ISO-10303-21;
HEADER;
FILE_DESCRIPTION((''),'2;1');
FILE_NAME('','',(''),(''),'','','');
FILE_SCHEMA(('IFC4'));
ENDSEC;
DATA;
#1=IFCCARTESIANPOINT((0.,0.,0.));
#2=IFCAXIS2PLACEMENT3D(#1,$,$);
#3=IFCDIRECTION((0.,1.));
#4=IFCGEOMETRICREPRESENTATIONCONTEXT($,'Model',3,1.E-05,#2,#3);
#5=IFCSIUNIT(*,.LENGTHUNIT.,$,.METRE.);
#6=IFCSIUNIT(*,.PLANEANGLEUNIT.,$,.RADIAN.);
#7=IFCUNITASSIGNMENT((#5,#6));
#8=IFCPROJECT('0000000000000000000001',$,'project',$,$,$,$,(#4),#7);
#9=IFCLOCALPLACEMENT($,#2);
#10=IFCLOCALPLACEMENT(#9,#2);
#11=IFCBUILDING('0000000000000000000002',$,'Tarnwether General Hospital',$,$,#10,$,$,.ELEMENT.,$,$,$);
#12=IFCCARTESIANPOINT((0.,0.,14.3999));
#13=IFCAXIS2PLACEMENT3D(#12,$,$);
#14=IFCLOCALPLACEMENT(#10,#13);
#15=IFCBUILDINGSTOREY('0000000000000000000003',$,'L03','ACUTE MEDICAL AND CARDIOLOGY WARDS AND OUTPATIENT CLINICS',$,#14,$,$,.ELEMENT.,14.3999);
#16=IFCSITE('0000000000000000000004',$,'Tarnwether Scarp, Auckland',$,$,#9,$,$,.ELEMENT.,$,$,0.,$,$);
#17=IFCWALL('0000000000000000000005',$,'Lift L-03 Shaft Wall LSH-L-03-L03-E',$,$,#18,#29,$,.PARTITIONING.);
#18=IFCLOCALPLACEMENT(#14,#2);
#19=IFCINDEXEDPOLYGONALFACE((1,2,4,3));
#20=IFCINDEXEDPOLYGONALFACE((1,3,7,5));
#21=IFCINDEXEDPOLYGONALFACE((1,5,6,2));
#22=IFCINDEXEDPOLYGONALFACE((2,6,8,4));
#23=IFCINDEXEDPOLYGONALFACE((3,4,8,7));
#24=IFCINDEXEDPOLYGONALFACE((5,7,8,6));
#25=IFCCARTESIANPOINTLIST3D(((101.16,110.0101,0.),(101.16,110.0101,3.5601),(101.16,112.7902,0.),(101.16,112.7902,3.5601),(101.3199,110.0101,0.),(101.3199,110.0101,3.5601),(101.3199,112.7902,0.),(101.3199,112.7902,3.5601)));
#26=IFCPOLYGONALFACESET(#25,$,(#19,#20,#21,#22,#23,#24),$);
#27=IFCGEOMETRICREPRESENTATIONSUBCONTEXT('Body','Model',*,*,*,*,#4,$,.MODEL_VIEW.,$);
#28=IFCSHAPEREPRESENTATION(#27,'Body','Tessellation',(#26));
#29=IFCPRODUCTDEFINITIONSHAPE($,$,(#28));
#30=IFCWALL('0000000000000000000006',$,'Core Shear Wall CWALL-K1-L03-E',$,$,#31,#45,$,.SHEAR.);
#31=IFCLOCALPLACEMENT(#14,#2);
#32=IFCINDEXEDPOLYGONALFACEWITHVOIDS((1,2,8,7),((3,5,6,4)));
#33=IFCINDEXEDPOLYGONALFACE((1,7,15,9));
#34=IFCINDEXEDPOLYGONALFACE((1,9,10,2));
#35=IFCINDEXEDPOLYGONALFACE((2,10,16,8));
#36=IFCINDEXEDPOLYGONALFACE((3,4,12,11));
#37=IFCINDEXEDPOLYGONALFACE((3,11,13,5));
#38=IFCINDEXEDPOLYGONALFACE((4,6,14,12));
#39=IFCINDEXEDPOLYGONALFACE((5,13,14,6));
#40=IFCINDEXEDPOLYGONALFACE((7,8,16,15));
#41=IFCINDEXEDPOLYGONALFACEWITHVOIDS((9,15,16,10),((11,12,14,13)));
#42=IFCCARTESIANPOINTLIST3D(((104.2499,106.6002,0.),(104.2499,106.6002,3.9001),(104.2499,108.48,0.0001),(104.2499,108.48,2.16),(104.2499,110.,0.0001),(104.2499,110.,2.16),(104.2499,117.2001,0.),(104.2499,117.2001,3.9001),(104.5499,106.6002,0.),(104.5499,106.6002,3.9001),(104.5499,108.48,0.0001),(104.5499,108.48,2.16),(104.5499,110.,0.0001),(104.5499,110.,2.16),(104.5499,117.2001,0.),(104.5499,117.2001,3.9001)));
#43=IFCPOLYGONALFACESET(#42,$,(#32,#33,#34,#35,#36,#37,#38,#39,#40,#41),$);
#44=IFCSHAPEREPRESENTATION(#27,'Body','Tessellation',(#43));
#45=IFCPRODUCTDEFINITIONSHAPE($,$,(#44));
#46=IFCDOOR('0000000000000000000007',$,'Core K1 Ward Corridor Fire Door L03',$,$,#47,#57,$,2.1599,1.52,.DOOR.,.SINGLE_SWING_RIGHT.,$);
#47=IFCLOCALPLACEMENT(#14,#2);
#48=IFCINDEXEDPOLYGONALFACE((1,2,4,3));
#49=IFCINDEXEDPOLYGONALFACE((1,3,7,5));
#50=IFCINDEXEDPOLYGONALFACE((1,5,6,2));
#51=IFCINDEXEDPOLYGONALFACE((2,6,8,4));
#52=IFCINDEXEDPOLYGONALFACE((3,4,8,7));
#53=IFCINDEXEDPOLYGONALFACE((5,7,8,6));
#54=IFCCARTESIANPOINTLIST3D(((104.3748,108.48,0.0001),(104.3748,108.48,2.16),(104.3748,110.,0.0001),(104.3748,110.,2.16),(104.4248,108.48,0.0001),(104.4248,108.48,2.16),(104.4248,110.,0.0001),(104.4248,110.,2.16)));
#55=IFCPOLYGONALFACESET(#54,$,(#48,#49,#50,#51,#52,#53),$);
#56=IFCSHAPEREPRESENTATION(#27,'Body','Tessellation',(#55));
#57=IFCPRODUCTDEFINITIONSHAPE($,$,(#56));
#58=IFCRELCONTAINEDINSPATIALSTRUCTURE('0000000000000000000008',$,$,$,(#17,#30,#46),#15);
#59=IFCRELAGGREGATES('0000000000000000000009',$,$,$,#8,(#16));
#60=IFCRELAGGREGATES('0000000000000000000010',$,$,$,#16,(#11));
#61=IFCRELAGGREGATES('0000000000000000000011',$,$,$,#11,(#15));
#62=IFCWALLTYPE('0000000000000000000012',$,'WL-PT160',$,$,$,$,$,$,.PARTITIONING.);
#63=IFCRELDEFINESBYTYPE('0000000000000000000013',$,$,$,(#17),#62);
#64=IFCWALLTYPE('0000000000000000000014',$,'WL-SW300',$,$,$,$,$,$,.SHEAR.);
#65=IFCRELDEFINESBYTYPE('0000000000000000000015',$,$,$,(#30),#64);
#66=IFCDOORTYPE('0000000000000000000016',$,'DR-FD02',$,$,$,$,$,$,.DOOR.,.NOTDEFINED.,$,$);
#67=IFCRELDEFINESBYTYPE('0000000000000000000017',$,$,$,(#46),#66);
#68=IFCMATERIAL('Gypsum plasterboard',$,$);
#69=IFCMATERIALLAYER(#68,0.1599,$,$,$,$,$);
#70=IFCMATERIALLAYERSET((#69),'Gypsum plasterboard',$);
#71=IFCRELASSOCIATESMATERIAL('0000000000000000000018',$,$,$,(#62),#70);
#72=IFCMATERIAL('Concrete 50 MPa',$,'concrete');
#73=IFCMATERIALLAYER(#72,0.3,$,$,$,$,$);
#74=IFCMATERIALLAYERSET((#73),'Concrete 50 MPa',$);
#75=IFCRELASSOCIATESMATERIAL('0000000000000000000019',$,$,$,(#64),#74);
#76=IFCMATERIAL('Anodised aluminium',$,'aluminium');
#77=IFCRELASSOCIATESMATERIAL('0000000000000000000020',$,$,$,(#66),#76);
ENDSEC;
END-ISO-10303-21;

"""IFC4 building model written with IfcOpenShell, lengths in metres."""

from ifc_helpers import new_model, si_unit, direction, frame, frame_2d, origin, place, context, subcontext, project, spatial, rectangle, extrude, material, layer, layer_set, type_object, element, fill, save


model = new_model("IFC4")

# Units and contexts
model_context = context("Model", 3, precision=1e-05, world=origin(), true_north=direction((0.0, 1.0)))
body_context = subcontext(model_context, "Body", "Model", "MODEL_VIEW")
ifc_project = project(units=[si_unit("LENGTHUNIT", "METRE"), si_unit("PLANEANGLEUNIT", "RADIAN")], contexts=[model_context])

# Site, building, storey
site_placement = place(None, origin())
site = spatial("IfcSite", under=ifc_project, at=site_placement, Name="Tarnwether Scarp, Auckland", CompositionType="ELEMENT", RefElevation=0.0)
building_placement = place(site_placement, origin())
building = spatial("IfcBuilding", under=site, at=building_placement, Name="Tarnwether General Hospital", CompositionType="ELEMENT")
storey_placement = place(building_placement, frame((0.0, 0.0, 14.3999)))
storey = spatial("IfcBuildingStorey", under=building, at=storey_placement, Name="L03", Description="ACUTE MEDICAL AND CARDIOLOGY WARDS AND OUTPATIENT CLINICS", CompositionType="ELEMENT", Elevation=14.3999)

# Shared definitions
ifc_material_1 = material(Name="Gypsum plasterboard")
ifc_layer_1 = layer(ifc_material_1, 0.1599)
ifc_layer_set_1 = layer_set([ifc_layer_1], Name="Gypsum plasterboard")
wall_type_1 = type_object("IfcWallType", Name="WL-PT160", PredefinedType="PARTITIONING", material=ifc_layer_set_1)

# Wall
for number, where, z_axis, x_axis, name in (
    (1, (101.24, 110.01, 0.0), (0.0, 0.0, 1.0), (0.0, 1.0, 0.0), "Lift L-03 Shaft Wall LSH-L-03-L03-E"),
):
    element("IfcWall", number, at=place(storey_placement, frame(where, z_axis=z_axis, x_axis=x_axis)), inside=storey, type_object=wall_type_1, Name=name, PredefinedType="PARTITIONING", context=body_context, shape_type="SweptSolid", body=[
        extrude(rectangle(XDim=2.78, YDim=0.1599, at=frame_2d((1.3901, 0.0))), origin(), (0.0, 0.0, 1.0), 3.5601),
    ])

# Wall, opening, door
ifc_material_2 = material(Name="Concrete 50 MPa", Category="concrete")
ifc_layer_2 = layer(ifc_material_2, 0.3)
ifc_layer_set_2 = layer_set([ifc_layer_2], Name="Concrete 50 MPa")
wall_type_2 = type_object("IfcWallType", Name="WL-SW300", PredefinedType="SHEAR", material=ifc_layer_set_2)
wall_1_placement = place(storey_placement, frame((104.3999, 117.2, 0.0), z_axis=(0.0, 0.0, 1.0), x_axis=(0.0, -1.0, 0.0)))
wall_1 = element("IfcWall", 2, at=wall_1_placement, inside=storey, type_object=wall_type_2, Name="Core Shear Wall CWALL-K1-L03-E", PredefinedType="SHEAR", context=body_context, shape_type="SweptSolid", body=[
    extrude(rectangle(XDim=10.5999, YDim=0.3, at=frame_2d((5.2998, 0.0))), origin(), (0.0, 0.0, 1.0), 3.9001),
])
opening_1_placement = place(wall_1_placement, frame((7.2, 0.0, 0.0)))
opening_1 = element("IfcOpeningElement", 3, at=opening_1_placement, cuts=wall_1, PredefinedType="OPENING", context=body_context, shape_type="SweptSolid", body=[
    extrude(rectangle(XDim=1.52, YDim=2.1599, at=frame_2d((0.76, 1.0801))), frame((0.0, 0.1602, 0.0), z_axis=(0.0, -1.0, 0.0), x_axis=(1.0, 0.0, 0.0)), (0.0, 0.0, 1.0), 0.3201),
])
ifc_material_3 = material(Name="Anodised aluminium", Category="aluminium")
door_type_1 = type_object("IfcDoorType", Name="DR-FD02", OperationType="NOTDEFINED", PredefinedType="DOOR", material=ifc_material_3)
door_1_placement = place(opening_1_placement, origin())
door_1 = element("IfcDoor", 4, at=door_1_placement, inside=storey, type_object=door_type_1, Name="Core K1 Ward Corridor Fire Door L03", OperationType="SINGLE_SWING_RIGHT", OverallHeight=2.1599, OverallWidth=1.52, PredefinedType="DOOR", context=body_context, shape_type="SweptSolid", body=[
    extrude(rectangle(XDim=1.52, YDim=2.1599, at=frame_2d((0.76, 1.0801))), frame((0.0, 0.0249, 0.0), z_axis=(0.0, -1.0, 0.0), x_axis=(1.0, 0.0, 0.0)), (0.0, 0.0, 1.0), 0.05),
])
fill(opening_1, door_1)

save(model, "model.ifc")
